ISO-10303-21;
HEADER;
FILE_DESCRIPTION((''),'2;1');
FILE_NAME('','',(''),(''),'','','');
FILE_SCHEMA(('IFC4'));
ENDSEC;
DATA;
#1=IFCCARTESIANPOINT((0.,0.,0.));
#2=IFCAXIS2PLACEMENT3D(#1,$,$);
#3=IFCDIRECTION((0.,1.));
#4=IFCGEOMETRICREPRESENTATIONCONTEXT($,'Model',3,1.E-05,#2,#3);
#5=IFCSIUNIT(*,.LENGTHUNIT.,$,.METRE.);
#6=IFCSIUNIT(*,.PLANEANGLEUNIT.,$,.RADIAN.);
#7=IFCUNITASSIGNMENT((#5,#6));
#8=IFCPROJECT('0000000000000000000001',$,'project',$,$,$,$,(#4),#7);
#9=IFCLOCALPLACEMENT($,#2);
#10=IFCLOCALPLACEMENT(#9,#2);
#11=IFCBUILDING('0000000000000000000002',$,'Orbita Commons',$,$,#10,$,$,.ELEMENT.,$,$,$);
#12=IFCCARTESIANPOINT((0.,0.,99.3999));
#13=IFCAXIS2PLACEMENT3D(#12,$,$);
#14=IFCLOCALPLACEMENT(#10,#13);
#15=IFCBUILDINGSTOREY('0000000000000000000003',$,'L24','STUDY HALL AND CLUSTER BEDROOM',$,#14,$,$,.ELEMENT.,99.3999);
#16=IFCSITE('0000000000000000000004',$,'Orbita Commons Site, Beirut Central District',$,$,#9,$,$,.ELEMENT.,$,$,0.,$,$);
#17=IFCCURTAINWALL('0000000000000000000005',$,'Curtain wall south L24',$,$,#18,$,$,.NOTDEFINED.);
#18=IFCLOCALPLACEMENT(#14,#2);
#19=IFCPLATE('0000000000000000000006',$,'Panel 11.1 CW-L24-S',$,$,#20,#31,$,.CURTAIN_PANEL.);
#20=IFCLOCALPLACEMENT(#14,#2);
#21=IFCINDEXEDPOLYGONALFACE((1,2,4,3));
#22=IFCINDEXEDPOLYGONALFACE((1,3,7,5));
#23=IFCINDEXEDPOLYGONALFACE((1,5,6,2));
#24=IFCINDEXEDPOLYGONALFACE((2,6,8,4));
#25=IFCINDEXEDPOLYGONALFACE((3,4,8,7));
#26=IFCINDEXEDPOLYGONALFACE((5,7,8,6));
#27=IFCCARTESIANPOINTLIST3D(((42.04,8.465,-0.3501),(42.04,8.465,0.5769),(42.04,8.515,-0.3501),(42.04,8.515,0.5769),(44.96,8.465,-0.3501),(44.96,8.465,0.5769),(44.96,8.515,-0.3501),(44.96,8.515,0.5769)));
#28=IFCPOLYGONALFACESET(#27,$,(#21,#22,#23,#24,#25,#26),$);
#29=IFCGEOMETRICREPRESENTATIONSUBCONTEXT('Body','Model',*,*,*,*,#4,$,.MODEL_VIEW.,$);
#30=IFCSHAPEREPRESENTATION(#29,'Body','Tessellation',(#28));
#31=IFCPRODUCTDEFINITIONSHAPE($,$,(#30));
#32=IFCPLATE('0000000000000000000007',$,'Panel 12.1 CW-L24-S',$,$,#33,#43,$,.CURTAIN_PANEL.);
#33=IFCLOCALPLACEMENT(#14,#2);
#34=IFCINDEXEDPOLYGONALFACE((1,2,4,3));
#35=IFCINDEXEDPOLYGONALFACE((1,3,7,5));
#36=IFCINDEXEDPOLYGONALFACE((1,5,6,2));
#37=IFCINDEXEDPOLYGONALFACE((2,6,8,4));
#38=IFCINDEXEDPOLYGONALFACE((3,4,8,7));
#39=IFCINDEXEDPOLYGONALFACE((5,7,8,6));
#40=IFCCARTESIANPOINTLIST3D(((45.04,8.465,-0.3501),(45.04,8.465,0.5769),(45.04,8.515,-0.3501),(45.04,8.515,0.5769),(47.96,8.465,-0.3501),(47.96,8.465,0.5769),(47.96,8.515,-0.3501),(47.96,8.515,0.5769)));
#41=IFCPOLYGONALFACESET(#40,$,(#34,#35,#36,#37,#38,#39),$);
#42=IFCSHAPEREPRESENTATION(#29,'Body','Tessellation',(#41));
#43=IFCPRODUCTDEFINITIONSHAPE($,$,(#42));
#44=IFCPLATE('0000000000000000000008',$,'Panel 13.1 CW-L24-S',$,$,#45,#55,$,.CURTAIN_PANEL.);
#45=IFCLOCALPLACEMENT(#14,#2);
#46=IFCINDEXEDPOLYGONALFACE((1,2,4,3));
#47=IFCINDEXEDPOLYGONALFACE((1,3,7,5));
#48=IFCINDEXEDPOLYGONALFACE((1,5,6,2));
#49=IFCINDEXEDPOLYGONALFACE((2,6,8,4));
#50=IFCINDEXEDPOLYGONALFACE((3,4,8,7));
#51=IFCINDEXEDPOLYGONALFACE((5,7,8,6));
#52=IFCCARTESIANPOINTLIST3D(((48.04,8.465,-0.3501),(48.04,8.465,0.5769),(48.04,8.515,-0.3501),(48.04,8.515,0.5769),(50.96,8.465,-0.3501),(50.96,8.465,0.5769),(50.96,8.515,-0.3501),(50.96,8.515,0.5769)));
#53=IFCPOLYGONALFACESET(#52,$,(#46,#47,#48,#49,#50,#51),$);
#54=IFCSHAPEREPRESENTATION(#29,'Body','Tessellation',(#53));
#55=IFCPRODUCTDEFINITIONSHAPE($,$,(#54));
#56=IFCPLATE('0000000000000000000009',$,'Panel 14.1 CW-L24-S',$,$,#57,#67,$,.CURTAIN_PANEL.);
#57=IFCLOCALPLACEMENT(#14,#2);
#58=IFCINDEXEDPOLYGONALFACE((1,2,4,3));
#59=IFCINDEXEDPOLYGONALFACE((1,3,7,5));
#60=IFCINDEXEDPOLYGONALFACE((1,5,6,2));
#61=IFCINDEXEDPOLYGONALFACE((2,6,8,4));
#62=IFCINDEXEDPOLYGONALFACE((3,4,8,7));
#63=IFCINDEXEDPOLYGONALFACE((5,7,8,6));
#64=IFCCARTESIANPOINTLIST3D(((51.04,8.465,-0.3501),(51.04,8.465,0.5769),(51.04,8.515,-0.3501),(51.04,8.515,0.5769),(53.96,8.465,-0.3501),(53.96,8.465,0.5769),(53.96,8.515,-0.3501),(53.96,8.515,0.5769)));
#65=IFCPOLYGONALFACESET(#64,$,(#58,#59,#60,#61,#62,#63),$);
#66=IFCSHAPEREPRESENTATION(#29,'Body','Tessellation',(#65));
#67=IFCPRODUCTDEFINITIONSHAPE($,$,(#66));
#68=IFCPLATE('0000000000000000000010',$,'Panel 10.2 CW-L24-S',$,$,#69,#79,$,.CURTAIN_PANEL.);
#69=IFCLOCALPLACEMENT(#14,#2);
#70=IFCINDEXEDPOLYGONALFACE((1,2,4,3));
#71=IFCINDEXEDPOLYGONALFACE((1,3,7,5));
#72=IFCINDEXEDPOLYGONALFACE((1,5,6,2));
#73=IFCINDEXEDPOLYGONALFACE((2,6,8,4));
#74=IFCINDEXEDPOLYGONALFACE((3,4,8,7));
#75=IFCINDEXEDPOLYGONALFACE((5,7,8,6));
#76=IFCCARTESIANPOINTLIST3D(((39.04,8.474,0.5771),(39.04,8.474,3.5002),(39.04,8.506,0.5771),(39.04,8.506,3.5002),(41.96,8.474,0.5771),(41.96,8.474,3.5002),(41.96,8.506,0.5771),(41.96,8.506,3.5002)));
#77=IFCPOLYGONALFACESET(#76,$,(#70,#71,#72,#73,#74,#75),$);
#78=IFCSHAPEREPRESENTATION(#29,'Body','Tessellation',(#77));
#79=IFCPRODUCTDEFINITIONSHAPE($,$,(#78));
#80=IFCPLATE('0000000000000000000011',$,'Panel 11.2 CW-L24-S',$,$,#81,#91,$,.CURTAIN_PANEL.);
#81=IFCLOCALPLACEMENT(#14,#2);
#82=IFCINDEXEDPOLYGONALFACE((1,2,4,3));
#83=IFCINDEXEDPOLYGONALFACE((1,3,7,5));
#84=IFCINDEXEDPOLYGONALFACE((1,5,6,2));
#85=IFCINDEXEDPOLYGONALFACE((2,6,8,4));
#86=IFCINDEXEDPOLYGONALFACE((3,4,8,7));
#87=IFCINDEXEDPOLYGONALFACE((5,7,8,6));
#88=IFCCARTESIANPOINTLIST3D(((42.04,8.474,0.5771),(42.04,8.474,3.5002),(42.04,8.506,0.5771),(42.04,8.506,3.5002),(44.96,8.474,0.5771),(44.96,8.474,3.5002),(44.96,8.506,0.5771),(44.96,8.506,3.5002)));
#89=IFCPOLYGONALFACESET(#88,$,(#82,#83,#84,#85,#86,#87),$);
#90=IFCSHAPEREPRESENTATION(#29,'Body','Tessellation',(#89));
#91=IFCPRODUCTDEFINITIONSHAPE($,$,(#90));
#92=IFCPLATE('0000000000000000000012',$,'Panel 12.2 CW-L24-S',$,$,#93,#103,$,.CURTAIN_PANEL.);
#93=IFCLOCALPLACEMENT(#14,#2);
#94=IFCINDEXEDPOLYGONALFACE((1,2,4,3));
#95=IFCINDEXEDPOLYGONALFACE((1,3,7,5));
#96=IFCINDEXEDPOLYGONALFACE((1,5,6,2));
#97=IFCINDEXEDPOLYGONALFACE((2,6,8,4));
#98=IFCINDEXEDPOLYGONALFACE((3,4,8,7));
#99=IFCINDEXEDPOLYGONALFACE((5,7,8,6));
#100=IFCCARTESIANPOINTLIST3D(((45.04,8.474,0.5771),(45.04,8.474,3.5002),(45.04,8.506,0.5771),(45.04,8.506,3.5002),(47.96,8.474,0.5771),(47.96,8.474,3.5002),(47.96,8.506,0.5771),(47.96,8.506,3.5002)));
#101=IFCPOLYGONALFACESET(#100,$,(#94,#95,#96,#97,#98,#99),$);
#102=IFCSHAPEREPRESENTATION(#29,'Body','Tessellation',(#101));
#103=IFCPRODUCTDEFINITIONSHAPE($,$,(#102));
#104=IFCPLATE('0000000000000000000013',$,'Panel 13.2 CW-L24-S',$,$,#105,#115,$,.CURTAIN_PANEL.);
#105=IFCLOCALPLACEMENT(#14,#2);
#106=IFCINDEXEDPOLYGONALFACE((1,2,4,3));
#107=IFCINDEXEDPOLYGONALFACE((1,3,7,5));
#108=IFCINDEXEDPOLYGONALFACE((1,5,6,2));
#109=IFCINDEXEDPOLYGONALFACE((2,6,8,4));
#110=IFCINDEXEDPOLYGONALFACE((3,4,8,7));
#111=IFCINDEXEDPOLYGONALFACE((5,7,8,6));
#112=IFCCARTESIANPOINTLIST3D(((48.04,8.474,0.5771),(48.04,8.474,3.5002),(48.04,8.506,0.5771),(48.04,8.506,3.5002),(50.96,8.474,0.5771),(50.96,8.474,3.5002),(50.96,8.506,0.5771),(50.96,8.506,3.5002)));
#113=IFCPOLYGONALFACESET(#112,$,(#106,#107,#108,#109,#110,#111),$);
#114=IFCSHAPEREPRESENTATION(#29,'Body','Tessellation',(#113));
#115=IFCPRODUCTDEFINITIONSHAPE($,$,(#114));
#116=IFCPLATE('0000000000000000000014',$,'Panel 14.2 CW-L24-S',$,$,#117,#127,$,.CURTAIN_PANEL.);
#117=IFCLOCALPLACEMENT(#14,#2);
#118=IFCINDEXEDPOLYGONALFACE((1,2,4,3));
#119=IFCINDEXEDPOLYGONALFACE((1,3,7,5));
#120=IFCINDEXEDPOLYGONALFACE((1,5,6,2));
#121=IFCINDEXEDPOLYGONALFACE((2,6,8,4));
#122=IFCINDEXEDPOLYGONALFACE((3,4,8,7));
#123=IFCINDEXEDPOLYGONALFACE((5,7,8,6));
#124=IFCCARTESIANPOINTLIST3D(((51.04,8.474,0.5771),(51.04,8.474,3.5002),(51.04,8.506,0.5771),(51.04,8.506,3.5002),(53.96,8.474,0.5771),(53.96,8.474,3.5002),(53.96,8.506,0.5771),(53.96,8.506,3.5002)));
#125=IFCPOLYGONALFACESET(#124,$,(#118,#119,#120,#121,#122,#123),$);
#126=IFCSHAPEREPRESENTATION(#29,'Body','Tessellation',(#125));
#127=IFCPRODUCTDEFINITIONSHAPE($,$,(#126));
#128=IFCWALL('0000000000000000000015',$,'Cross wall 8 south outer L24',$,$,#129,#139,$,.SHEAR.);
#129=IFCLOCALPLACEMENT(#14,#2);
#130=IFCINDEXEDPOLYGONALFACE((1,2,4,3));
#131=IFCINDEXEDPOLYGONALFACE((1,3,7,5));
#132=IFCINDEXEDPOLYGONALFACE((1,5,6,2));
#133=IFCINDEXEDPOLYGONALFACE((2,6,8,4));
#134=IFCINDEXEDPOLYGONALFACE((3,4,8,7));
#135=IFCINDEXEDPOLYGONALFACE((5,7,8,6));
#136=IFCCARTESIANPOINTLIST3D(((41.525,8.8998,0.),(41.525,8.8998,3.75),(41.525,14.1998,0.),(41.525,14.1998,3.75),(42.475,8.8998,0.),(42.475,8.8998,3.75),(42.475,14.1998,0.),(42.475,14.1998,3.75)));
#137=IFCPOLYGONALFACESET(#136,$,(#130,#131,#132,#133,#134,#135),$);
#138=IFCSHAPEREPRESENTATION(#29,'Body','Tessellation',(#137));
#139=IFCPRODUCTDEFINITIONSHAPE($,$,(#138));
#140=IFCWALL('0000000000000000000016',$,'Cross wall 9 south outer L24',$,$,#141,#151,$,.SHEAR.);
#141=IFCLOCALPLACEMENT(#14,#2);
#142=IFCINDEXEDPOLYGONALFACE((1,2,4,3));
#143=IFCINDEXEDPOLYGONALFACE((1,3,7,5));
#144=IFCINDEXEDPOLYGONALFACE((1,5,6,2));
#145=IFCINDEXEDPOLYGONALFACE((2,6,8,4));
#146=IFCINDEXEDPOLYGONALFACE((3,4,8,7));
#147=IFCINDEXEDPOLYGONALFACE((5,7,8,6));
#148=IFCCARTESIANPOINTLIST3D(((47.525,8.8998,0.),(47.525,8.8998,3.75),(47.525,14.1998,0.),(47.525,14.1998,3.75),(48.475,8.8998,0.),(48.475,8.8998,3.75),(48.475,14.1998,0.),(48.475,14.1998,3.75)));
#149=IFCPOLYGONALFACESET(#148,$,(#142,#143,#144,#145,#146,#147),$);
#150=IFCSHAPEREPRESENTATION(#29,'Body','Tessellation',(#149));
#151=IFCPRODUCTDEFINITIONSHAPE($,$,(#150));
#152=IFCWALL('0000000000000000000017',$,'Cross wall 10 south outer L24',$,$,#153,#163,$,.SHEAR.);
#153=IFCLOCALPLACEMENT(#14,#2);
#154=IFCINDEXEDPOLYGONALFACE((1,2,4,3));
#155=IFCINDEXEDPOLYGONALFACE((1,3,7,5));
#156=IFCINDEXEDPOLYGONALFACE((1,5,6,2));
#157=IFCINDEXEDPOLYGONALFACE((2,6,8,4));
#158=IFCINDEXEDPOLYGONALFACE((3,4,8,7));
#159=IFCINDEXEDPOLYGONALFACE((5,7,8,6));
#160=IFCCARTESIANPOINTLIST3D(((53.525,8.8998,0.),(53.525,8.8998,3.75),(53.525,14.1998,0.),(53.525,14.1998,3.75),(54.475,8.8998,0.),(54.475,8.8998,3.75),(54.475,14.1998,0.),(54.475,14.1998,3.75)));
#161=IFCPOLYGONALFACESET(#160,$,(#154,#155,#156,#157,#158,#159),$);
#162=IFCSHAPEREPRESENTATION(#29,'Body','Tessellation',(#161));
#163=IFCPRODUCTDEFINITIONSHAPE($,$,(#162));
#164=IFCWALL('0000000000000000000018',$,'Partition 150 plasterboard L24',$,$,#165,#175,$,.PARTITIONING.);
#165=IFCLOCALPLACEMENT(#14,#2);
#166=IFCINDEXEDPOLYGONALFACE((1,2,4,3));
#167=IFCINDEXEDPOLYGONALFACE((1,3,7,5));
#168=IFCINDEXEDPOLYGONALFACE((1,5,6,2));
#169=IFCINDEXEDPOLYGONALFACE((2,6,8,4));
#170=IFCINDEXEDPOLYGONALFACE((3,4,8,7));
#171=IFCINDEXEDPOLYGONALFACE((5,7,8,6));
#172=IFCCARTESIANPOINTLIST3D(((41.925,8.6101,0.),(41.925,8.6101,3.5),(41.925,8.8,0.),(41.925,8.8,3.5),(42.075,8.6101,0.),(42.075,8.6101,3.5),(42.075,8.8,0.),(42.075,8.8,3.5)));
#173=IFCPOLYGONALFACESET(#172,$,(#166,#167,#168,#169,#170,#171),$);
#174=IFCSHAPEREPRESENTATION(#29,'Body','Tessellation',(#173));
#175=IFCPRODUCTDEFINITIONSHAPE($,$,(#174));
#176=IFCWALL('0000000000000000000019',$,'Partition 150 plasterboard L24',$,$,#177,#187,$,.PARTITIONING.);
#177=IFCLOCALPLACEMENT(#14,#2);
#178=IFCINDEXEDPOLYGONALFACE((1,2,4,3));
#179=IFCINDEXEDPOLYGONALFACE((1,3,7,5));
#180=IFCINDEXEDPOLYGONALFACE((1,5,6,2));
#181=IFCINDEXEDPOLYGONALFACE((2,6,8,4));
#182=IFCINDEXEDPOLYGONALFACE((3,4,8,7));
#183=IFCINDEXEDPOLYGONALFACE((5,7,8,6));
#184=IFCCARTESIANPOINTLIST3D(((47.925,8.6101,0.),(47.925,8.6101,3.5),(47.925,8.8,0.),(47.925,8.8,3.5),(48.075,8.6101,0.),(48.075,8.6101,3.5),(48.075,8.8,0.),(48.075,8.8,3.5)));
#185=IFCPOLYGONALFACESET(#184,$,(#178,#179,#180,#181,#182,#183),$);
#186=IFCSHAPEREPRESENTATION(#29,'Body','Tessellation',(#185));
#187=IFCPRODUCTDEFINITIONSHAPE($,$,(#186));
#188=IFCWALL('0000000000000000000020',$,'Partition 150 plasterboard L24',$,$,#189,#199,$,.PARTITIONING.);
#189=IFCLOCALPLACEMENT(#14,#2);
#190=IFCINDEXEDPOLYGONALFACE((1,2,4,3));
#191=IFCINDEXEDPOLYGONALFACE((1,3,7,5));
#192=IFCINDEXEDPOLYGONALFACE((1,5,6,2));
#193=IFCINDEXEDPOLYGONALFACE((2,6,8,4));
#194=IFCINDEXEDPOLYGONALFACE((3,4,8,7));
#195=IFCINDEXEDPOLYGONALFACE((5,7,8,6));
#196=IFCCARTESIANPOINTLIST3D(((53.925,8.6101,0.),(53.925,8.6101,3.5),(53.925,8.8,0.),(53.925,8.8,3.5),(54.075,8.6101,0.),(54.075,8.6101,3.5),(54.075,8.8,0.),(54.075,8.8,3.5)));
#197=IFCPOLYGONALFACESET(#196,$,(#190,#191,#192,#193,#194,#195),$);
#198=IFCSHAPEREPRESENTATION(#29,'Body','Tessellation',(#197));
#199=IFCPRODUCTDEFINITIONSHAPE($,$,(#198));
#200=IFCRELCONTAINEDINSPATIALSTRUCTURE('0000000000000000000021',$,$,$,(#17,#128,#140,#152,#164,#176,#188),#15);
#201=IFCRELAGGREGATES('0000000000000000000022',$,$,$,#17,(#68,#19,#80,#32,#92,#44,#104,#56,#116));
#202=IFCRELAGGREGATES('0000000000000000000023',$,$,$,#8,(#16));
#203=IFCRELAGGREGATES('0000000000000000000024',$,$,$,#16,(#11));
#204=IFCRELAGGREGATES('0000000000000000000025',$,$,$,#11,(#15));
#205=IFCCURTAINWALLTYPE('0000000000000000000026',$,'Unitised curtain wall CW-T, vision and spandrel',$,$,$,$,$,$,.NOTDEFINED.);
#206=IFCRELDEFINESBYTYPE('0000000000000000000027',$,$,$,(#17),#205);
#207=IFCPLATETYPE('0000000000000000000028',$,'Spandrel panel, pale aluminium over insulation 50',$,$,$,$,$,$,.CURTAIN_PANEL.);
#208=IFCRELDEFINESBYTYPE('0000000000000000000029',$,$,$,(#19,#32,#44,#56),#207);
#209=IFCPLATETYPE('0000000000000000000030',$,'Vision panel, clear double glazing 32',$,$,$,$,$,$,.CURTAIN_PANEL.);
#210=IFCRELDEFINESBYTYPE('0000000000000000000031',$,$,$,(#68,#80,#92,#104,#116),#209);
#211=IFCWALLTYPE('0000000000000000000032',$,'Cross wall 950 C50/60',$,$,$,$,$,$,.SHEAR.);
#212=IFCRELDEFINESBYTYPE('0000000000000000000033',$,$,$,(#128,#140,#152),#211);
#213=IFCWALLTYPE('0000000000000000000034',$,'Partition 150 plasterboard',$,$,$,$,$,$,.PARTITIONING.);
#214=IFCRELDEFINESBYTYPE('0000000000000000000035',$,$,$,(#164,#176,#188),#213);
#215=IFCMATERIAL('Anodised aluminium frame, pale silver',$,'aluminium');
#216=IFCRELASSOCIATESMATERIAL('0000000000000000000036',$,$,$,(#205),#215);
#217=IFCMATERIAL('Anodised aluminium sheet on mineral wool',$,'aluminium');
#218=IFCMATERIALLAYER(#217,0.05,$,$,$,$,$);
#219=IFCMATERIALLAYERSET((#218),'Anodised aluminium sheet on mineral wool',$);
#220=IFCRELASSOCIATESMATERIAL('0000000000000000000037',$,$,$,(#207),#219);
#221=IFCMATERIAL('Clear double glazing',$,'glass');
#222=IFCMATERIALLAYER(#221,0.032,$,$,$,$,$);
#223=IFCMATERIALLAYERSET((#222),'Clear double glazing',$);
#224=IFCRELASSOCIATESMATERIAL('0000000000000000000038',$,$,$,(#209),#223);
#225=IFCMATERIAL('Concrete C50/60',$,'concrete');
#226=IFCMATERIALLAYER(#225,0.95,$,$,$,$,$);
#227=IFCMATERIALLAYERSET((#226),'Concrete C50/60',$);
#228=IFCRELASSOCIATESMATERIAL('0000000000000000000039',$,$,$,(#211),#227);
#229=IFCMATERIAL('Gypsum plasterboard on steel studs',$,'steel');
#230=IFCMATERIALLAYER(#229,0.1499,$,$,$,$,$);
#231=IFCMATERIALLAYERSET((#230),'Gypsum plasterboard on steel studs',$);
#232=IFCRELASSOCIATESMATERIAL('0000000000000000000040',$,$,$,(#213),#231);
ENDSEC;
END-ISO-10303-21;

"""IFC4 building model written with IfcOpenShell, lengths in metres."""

from ifc_helpers import new_model, si_unit, direction, frame, frame_2d, origin, origin_2d, place, context, subcontext, project, spatial, rectangle, extrude, material, layer, layer_set, type_object, element, aggregate, save


model = new_model("IFC4")

# Units and contexts
model_context = context("Model", 3, precision=1e-05, world=origin(), true_north=direction((0.0, 1.0)))
body_context = subcontext(model_context, "Body", "Model", "MODEL_VIEW")
ifc_project = project(units=[si_unit("LENGTHUNIT", "METRE"), si_unit("PLANEANGLEUNIT", "RADIAN")], contexts=[model_context])

# Site, building, storey
site_placement = place(None, origin())
site = spatial("IfcSite", under=ifc_project, at=site_placement, Name="Orbita Commons Site, Beirut Central District", CompositionType="ELEMENT", RefElevation=0.0)
building_placement = place(site_placement, origin())
building = spatial("IfcBuilding", under=site, at=building_placement, Name="Orbita Commons", CompositionType="ELEMENT")
storey_placement = place(building_placement, frame((0.0, 0.0, 99.3999)))
storey = spatial("IfcBuildingStorey", under=building, at=storey_placement, Name="L24", Description="STUDY HALL AND CLUSTER BEDROOM", CompositionType="ELEMENT", Elevation=99.3999)

# Curtain wall, plates
ifc_material_1 = material(Name="Anodised aluminium frame, pale silver", Category="aluminium")
curtain_wall_type = type_object("IfcCurtainWallType", Name="Unitised curtain wall CW-T, vision and spandrel", PredefinedType="NOTDEFINED", material=ifc_material_1)
curtain_wall_placement = place(storey_placement, origin())
curtain_wall = element("IfcCurtainWall", 1, at=curtain_wall_placement, inside=storey, type_object=curtain_wall_type, Name="Curtain wall south L24", PredefinedType="NOTDEFINED")
ifc_material_2 = material(Name="Anodised aluminium sheet on mineral wool", Category="aluminium")
ifc_layer_1 = layer(ifc_material_2, 0.05)
ifc_layer_set_1 = layer_set([ifc_layer_1], Name="Anodised aluminium sheet on mineral wool")
plate_type_1 = type_object("IfcPlateType", Name="Spandrel panel, pale aluminium over insulation 50", PredefinedType="CURTAIN_PANEL", material=ifc_layer_set_1)
plate_1_placement = place(storey_placement, frame((43.5, 8.49, -0.3501), z_axis=(0.0, 0.0, 1.0), x_axis=(1.0, 0.0, 0.0)))
plate_1 = element("IfcPlate", 2, at=plate_1_placement, type_object=plate_type_1, Name="Panel 11.1 CW-L24-S", PredefinedType="CURTAIN_PANEL", context=body_context, shape_type="SweptSolid", body=[
    extrude(rectangle(XDim=2.9199, YDim=0.05, at=origin_2d()), origin(), (0.0, 0.0, 1.0), 0.927),
])
plate_2_placement = place(storey_placement, frame((46.5, 8.49, -0.3501), z_axis=(0.0, 0.0, 1.0), x_axis=(1.0, 0.0, 0.0)))
plate_2 = element("IfcPlate", 3, at=plate_2_placement, type_object=plate_type_1, Name="Panel 12.1 CW-L24-S", PredefinedType="CURTAIN_PANEL", context=body_context, shape_type="SweptSolid", body=[
    extrude(rectangle(XDim=2.9199, YDim=0.05, at=origin_2d()), origin(), (0.0, 0.0, 1.0), 0.927),
])
plate_3_placement = place(storey_placement, frame((49.5, 8.49, -0.3501), z_axis=(0.0, 0.0, 1.0), x_axis=(1.0, 0.0, 0.0)))
plate_3 = element("IfcPlate", 4, at=plate_3_placement, type_object=plate_type_1, Name="Panel 13.1 CW-L24-S", PredefinedType="CURTAIN_PANEL", context=body_context, shape_type="SweptSolid", body=[
    extrude(rectangle(XDim=2.9199, YDim=0.05, at=origin_2d()), origin(), (0.0, 0.0, 1.0), 0.927),
])
plate_4_placement = place(storey_placement, frame((52.5, 8.49, -0.3501), z_axis=(0.0, 0.0, 1.0), x_axis=(1.0, 0.0, 0.0)))
plate_4 = element("IfcPlate", 5, at=plate_4_placement, type_object=plate_type_1, Name="Panel 14.1 CW-L24-S", PredefinedType="CURTAIN_PANEL", context=body_context, shape_type="SweptSolid", body=[
    extrude(rectangle(XDim=2.9199, YDim=0.05, at=origin_2d()), origin(), (0.0, 0.0, 1.0), 0.927),
])
ifc_material_3 = material(Name="Clear double glazing", Category="glass")
ifc_layer_2 = layer(ifc_material_3, 0.032)
ifc_layer_set_2 = layer_set([ifc_layer_2], Name="Clear double glazing")
plate_type_2 = type_object("IfcPlateType", Name="Vision panel, clear double glazing 32", PredefinedType="CURTAIN_PANEL", material=ifc_layer_set_2)
plate_5_placement = place(storey_placement, frame((40.5, 8.49, 0.5771), z_axis=(0.0, 0.0, 1.0), x_axis=(1.0, 0.0, 0.0)))
plate_5 = element("IfcPlate", 6, at=plate_5_placement, type_object=plate_type_2, Name="Panel 10.2 CW-L24-S", PredefinedType="CURTAIN_PANEL", context=body_context, shape_type="SweptSolid", body=[
    extrude(rectangle(XDim=2.9199, YDim=0.032, at=origin_2d()), origin(), (0.0, 0.0, 1.0), 2.9231),
])
plate_6_placement = place(storey_placement, frame((43.5, 8.49, 0.5771), z_axis=(0.0, 0.0, 1.0), x_axis=(1.0, 0.0, 0.0)))
plate_6 = element("IfcPlate", 7, at=plate_6_placement, type_object=plate_type_2, Name="Panel 11.2 CW-L24-S", PredefinedType="CURTAIN_PANEL", context=body_context, shape_type="SweptSolid", body=[
    extrude(rectangle(XDim=2.9199, YDim=0.032, at=origin_2d()), origin(), (0.0, 0.0, 1.0), 2.9231),
])
plate_7_placement = place(storey_placement, frame((46.5, 8.49, 0.5771), z_axis=(0.0, 0.0, 1.0), x_axis=(1.0, 0.0, 0.0)))
plate_7 = element("IfcPlate", 8, at=plate_7_placement, type_object=plate_type_2, Name="Panel 12.2 CW-L24-S", PredefinedType="CURTAIN_PANEL", context=body_context, shape_type="SweptSolid", body=[
    extrude(rectangle(XDim=2.9199, YDim=0.032, at=origin_2d()), origin(), (0.0, 0.0, 1.0), 2.9231),
])
plate_8_placement = place(storey_placement, frame((49.5, 8.49, 0.5771), z_axis=(0.0, 0.0, 1.0), x_axis=(1.0, 0.0, 0.0)))
plate_8 = element("IfcPlate", 9, at=plate_8_placement, type_object=plate_type_2, Name="Panel 13.2 CW-L24-S", PredefinedType="CURTAIN_PANEL", context=body_context, shape_type="SweptSolid", body=[
    extrude(rectangle(XDim=2.9199, YDim=0.032, at=origin_2d()), origin(), (0.0, 0.0, 1.0), 2.9231),
])
plate_9_placement = place(storey_placement, frame((52.5, 8.49, 0.5771), z_axis=(0.0, 0.0, 1.0), x_axis=(1.0, 0.0, 0.0)))
plate_9 = element("IfcPlate", 10, at=plate_9_placement, type_object=plate_type_2, Name="Panel 14.2 CW-L24-S", PredefinedType="CURTAIN_PANEL", context=body_context, shape_type="SweptSolid", body=[
    extrude(rectangle(XDim=2.9199, YDim=0.032, at=origin_2d()), origin(), (0.0, 0.0, 1.0), 2.9231),
])
aggregate(curtain_wall, [plate_5, plate_1, plate_6, plate_2, plate_7, plate_3, plate_8, plate_4, plate_9])

# Walls
ifc_material_4 = material(Name="Concrete C50/60", Category="concrete")
ifc_layer_3 = layer(ifc_material_4, 0.95)
ifc_layer_set_3 = layer_set([ifc_layer_3], Name="Concrete C50/60")
wall_type_1 = type_object("IfcWallType", Name="Cross wall 950 C50/60", PredefinedType="SHEAR", material=ifc_layer_set_3)
for number, where, z_axis, x_axis, name in (
    (11, (42.0, 8.8999, 0.0), (0.0, 0.0, 1.0), (0.0, 1.0, 0.0), "Cross wall 8 south outer L24"),
    (12, (48.0, 8.8999, 0.0), (0.0, 0.0, 1.0), (0.0, 1.0, 0.0), "Cross wall 9 south outer L24"),
    (13, (54.0, 8.8999, 0.0), (0.0, 0.0, 1.0), (0.0, 1.0, 0.0), "Cross wall 10 south outer L24"),
):
    element("IfcWall", number, at=place(storey_placement, frame(where, z_axis=z_axis, x_axis=x_axis)), inside=storey, type_object=wall_type_1, Name=name, PredefinedType="SHEAR", context=body_context, shape_type="SweptSolid", body=[
        extrude(rectangle(XDim=5.3, YDim=0.95, at=frame_2d((2.6499, 0.0))), origin(), (0.0, 0.0, 1.0), 3.75),
    ])
ifc_material_5 = material(Name="Gypsum plasterboard on steel studs", Category="steel")
ifc_layer_4 = layer(ifc_material_5, 0.1499)
ifc_layer_set_4 = layer_set([ifc_layer_4], Name="Gypsum plasterboard on steel studs")
wall_type_2 = type_object("IfcWallType", Name="Partition 150 plasterboard", PredefinedType="PARTITIONING", material=ifc_layer_set_4)
for number, where, z_axis, x_axis, name in (
    (14, (42.0, 8.8, 0.0), (0.0, 0.0, 1.0), (0.0, -1.0, 0.0), "Partition 150 plasterboard L24"),
    (15, (48.0, 8.8, 0.0), (0.0, 0.0, 1.0), (0.0, -1.0, 0.0), "Partition 150 plasterboard L24"),
    (16, (54.0, 8.8, 0.0), (0.0, 0.0, 1.0), (0.0, -1.0, 0.0), "Partition 150 plasterboard L24"),
):
    element("IfcWall", number, at=place(storey_placement, frame(where, z_axis=z_axis, x_axis=x_axis)), inside=storey, type_object=wall_type_2, Name=name, PredefinedType="PARTITIONING", context=body_context, shape_type="SweptSolid", body=[
        extrude(rectangle(XDim=0.1899, YDim=0.1499, at=frame_2d((0.095, 0.0))), origin(), (0.0, 0.0, 1.0), 3.5),
    ])

save(model, "model.ifc")
